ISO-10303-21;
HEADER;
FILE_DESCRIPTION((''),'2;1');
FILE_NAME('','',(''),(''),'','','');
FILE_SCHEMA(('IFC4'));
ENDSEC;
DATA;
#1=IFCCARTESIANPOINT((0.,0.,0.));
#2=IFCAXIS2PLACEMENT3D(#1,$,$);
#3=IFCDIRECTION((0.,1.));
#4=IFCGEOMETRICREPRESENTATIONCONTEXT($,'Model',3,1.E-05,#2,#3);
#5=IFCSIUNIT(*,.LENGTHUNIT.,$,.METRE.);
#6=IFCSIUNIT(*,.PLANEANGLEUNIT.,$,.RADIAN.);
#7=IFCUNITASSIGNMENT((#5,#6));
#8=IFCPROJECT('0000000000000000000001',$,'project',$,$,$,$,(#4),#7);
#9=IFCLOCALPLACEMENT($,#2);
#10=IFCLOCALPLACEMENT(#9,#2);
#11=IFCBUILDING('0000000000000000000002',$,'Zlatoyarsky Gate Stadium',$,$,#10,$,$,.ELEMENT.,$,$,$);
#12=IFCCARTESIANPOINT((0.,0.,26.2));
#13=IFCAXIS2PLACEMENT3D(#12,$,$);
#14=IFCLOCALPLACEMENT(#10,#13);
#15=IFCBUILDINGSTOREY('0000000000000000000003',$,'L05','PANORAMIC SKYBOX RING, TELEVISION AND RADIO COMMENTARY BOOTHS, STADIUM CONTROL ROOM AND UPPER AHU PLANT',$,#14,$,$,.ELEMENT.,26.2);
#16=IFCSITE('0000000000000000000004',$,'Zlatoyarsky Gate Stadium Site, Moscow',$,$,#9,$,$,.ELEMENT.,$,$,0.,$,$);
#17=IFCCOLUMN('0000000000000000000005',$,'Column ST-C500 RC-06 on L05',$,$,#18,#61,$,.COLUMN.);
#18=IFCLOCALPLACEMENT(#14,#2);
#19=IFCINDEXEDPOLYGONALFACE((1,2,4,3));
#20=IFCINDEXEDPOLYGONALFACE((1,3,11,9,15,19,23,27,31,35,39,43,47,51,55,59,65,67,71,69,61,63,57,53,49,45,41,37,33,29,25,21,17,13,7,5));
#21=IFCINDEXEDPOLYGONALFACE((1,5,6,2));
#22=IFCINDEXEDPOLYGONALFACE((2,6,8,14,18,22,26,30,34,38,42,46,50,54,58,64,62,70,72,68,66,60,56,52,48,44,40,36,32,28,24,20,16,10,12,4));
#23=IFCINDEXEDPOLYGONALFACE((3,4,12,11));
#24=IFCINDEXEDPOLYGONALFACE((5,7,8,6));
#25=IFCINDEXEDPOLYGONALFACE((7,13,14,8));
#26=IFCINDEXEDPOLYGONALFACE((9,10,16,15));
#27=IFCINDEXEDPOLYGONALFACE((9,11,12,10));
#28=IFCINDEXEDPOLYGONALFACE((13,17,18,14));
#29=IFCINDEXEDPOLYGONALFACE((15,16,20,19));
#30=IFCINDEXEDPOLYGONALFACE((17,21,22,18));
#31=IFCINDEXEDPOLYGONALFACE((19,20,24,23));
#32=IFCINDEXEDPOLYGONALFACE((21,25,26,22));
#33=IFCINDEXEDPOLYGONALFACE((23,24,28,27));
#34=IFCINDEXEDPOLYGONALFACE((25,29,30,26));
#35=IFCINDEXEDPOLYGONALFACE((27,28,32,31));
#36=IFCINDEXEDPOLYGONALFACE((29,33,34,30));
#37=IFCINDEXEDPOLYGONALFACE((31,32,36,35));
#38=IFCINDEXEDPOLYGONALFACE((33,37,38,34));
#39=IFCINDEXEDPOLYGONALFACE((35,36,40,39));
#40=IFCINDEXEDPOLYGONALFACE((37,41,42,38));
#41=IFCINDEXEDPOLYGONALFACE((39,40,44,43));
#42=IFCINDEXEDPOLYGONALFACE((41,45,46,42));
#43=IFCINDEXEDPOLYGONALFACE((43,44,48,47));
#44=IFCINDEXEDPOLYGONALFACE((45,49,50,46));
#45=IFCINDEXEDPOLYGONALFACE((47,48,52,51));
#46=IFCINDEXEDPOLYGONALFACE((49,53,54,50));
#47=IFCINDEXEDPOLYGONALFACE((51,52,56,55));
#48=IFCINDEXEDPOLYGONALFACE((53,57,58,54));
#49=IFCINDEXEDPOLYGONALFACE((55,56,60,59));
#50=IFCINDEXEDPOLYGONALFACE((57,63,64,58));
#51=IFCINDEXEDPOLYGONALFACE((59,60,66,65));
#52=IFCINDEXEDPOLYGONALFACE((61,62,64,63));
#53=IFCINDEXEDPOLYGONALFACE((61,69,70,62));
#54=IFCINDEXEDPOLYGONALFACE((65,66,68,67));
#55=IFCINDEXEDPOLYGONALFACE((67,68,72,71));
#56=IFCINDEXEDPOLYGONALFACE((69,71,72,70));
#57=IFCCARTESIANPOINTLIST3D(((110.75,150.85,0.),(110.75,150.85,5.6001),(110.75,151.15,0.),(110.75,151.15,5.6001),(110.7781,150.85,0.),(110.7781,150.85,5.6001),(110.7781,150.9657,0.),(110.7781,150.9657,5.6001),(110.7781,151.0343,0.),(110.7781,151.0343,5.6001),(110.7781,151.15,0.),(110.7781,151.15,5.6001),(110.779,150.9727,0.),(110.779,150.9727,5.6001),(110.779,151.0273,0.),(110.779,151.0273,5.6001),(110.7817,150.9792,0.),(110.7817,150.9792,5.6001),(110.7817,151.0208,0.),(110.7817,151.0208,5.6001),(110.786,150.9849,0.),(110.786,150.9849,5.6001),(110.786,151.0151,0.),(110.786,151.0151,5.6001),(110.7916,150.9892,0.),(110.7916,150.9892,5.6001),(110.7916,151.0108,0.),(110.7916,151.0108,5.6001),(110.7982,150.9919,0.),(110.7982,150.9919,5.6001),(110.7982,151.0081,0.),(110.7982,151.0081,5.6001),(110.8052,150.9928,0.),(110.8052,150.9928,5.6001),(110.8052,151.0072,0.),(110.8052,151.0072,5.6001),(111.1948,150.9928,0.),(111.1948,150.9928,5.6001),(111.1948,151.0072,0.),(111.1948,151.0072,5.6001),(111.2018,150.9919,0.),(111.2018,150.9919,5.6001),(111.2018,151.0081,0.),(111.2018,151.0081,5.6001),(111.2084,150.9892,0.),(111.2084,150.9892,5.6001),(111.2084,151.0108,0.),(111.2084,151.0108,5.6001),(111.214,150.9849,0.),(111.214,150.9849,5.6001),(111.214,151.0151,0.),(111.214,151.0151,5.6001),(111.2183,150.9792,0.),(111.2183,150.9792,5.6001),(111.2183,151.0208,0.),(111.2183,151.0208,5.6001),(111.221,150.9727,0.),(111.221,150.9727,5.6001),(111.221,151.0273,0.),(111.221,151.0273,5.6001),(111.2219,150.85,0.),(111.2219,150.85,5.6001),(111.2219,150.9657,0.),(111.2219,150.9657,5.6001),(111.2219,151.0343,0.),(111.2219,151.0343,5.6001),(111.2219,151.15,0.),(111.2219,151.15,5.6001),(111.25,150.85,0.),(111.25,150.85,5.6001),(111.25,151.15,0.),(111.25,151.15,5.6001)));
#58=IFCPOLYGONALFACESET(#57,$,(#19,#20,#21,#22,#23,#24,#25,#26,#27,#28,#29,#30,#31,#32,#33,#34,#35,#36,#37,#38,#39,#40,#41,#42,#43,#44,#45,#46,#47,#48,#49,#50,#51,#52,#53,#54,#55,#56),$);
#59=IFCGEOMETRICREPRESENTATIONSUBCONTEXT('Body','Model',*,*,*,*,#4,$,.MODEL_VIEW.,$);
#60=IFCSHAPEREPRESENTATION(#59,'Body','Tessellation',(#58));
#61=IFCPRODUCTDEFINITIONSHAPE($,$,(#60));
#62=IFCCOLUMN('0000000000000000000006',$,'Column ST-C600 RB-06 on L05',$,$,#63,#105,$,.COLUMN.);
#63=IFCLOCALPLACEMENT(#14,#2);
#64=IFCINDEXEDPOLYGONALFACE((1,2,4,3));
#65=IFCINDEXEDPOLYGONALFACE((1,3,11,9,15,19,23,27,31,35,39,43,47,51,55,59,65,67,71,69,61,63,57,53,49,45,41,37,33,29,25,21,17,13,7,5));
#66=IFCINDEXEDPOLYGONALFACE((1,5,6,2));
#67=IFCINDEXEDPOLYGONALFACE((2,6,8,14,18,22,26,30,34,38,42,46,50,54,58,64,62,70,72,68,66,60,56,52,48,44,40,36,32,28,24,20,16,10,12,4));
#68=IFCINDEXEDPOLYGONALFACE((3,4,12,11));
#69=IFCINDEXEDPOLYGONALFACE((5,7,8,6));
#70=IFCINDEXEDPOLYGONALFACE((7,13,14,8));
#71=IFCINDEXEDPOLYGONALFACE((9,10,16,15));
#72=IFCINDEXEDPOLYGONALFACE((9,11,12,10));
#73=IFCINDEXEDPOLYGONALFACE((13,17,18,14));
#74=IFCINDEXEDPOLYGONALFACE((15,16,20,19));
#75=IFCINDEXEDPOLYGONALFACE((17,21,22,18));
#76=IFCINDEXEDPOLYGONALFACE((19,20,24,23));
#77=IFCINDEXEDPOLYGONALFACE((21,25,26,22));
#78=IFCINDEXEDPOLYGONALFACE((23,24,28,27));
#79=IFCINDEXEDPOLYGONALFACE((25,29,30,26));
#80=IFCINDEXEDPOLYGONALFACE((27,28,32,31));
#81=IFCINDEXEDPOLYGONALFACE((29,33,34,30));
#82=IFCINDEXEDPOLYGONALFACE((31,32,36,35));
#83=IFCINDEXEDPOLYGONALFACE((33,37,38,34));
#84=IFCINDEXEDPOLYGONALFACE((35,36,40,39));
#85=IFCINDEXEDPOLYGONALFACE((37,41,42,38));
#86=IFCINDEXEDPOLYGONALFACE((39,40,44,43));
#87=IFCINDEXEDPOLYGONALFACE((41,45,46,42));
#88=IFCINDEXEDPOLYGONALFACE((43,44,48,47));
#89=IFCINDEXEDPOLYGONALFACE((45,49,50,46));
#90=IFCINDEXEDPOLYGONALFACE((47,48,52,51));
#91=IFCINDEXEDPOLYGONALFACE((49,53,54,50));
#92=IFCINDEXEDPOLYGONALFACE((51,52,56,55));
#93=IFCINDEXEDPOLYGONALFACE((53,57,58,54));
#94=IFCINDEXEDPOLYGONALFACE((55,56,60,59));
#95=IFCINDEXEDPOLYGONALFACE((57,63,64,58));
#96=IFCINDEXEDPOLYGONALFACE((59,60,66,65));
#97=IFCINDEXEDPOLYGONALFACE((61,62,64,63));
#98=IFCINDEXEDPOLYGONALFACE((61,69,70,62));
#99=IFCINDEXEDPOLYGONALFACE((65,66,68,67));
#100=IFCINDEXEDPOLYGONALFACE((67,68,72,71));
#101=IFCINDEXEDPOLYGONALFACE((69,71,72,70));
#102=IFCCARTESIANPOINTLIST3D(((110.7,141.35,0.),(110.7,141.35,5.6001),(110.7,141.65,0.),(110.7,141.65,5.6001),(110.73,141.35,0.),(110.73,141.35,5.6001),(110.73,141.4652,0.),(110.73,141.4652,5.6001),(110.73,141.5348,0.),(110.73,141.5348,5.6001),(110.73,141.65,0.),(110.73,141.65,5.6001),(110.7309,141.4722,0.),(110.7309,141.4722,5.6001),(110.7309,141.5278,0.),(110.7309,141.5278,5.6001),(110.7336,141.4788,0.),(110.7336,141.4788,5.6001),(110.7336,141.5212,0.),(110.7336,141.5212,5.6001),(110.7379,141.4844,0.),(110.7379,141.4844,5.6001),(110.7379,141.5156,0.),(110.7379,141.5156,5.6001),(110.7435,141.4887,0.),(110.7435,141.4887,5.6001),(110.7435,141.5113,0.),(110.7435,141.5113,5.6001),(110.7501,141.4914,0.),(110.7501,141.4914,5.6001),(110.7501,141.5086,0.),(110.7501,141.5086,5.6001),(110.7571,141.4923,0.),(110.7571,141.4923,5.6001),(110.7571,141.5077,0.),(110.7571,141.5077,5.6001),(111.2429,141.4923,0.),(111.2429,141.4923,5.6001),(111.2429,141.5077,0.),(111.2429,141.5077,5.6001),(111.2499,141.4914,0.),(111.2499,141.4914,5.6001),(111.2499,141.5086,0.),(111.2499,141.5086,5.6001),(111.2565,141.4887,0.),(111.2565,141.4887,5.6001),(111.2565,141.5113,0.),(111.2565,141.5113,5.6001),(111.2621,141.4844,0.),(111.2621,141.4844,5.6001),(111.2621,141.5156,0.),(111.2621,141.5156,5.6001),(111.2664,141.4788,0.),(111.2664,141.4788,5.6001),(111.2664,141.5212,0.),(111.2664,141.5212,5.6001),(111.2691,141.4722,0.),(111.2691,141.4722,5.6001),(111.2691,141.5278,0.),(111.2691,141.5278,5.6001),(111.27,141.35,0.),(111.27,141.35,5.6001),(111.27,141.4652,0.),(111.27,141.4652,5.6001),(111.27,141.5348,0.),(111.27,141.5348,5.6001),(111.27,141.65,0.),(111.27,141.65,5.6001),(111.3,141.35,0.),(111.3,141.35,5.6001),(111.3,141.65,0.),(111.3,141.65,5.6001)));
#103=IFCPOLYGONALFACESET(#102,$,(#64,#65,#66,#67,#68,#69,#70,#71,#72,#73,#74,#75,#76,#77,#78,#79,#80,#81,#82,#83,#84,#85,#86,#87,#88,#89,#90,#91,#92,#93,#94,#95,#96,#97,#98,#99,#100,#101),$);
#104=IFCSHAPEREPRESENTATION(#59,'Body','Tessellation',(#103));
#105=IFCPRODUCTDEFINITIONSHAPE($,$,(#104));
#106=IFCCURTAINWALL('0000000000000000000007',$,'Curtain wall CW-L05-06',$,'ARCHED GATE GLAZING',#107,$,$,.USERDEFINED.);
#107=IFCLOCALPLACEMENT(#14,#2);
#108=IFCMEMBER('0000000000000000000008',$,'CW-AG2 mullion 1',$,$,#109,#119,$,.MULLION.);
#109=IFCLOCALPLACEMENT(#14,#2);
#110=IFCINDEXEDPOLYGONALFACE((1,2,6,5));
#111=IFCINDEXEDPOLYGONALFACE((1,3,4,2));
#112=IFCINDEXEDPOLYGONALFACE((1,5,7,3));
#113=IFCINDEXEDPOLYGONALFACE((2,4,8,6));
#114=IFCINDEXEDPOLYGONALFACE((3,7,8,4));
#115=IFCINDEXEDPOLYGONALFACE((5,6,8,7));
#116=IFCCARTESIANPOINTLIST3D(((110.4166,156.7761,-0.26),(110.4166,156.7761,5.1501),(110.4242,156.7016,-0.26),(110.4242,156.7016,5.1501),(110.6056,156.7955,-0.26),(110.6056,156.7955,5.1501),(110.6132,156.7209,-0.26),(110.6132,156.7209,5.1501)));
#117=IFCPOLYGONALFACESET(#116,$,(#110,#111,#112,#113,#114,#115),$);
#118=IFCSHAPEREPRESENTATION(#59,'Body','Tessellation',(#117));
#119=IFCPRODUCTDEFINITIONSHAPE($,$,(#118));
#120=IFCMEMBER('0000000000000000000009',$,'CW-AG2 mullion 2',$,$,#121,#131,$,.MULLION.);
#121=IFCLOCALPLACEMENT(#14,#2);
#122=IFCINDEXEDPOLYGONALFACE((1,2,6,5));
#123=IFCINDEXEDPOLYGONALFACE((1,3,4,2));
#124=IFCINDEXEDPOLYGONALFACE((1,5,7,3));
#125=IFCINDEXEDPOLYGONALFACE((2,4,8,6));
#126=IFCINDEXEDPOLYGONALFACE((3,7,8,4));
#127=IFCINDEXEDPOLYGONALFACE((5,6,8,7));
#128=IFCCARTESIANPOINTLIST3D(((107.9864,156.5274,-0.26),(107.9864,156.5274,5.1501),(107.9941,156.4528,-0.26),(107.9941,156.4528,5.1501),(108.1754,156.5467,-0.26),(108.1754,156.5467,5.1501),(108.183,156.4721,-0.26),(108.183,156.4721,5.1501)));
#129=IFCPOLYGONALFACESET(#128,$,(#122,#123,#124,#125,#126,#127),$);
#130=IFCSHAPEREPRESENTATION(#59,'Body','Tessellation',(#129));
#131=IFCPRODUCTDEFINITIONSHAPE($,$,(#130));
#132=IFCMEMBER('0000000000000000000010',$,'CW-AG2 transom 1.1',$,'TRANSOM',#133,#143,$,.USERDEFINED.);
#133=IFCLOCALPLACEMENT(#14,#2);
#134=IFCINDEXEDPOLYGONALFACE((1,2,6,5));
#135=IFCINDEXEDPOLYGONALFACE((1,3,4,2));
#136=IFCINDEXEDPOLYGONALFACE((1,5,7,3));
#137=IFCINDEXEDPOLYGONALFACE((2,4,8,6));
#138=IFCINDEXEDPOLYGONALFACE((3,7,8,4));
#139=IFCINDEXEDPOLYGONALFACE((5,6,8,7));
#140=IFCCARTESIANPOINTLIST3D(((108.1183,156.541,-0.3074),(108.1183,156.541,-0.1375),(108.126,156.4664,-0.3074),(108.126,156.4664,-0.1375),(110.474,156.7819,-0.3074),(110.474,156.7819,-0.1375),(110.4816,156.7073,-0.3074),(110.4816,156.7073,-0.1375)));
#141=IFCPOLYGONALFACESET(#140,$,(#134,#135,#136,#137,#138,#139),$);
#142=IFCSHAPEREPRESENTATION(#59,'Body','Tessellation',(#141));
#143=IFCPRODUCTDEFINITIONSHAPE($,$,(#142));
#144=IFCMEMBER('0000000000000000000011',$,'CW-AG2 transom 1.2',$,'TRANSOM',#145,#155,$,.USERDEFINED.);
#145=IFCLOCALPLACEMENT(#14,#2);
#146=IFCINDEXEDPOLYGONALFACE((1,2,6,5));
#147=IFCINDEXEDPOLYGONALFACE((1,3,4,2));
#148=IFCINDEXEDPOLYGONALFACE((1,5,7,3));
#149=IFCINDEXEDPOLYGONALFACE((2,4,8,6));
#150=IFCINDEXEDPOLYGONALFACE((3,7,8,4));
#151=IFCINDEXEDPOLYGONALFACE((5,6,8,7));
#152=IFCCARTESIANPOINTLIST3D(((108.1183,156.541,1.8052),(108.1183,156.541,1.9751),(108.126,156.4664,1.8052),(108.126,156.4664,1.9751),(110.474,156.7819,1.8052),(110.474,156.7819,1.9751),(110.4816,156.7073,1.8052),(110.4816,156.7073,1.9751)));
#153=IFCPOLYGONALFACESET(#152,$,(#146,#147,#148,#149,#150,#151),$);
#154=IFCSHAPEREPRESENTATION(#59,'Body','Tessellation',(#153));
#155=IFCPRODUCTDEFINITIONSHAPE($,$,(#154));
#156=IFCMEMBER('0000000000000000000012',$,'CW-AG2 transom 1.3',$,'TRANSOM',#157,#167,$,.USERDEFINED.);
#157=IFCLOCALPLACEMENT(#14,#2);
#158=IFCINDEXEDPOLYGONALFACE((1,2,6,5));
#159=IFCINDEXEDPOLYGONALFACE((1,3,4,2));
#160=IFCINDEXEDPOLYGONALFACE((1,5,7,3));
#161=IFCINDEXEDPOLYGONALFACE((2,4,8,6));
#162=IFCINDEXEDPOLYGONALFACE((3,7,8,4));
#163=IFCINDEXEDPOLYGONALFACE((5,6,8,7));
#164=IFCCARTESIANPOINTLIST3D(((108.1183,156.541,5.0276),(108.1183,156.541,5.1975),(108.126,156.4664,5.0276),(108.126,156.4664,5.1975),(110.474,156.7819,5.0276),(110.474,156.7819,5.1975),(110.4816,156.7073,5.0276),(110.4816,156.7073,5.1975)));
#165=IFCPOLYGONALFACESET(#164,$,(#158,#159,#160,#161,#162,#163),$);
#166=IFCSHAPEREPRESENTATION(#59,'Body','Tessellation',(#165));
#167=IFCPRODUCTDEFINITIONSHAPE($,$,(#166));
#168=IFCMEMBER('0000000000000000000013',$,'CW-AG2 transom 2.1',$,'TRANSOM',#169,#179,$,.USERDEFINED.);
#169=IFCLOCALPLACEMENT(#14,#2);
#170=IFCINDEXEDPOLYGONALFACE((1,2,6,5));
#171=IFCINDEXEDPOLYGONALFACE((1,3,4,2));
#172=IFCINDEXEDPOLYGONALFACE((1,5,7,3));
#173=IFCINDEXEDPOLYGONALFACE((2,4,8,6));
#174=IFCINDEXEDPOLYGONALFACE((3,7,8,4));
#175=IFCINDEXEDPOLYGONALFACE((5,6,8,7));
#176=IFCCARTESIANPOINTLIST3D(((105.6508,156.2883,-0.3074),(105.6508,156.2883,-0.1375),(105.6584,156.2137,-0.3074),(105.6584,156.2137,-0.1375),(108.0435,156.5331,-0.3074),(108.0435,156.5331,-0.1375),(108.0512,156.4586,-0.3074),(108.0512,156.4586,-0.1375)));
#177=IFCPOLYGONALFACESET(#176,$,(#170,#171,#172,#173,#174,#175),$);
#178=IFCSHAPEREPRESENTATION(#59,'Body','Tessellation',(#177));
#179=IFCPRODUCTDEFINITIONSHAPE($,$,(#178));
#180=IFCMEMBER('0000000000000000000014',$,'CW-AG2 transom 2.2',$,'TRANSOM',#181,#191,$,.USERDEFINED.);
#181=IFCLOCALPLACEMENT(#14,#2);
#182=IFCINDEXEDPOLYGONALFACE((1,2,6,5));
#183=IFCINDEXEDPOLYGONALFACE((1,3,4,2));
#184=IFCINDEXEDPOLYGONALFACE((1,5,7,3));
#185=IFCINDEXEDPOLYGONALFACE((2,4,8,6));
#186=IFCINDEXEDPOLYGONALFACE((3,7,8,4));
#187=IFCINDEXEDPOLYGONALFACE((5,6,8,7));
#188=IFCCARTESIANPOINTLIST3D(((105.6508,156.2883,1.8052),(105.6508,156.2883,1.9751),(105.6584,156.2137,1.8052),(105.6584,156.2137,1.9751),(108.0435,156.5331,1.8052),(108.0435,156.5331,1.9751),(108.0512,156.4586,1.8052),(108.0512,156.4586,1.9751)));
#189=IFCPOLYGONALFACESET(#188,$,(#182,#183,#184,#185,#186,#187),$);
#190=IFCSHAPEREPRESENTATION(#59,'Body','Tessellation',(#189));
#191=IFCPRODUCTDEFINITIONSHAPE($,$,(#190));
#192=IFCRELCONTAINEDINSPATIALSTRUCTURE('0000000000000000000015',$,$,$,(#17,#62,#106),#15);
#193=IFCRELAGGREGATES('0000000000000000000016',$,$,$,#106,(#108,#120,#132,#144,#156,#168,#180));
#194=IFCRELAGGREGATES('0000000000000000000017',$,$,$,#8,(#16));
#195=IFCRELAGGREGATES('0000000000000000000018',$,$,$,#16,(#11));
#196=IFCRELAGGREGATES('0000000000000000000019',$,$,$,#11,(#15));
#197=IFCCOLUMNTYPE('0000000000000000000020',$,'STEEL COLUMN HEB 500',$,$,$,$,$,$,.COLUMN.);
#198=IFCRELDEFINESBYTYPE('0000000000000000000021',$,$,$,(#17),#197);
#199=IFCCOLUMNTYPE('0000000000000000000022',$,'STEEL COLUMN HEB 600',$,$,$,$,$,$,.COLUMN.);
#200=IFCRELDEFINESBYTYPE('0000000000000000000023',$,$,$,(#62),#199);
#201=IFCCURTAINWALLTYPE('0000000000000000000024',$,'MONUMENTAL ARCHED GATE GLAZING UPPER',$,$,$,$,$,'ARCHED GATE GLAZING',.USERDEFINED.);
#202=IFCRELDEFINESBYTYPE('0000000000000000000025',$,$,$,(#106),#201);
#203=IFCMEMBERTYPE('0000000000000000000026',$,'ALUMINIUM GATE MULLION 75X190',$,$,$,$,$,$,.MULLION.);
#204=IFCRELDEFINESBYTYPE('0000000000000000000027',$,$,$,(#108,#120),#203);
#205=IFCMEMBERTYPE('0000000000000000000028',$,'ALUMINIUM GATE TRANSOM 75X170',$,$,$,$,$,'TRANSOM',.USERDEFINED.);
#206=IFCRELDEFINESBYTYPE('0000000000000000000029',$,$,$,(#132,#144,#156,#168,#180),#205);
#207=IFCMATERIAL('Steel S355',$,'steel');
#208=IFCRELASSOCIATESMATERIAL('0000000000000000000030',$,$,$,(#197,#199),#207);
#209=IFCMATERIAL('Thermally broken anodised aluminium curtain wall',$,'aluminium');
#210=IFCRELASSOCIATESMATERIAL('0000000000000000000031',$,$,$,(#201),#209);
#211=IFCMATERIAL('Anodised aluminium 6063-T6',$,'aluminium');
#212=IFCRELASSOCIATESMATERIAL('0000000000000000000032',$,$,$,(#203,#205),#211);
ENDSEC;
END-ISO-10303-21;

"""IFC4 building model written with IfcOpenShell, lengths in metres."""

from ifc_helpers import new_model, si_unit, direction, frame, origin, origin_2d, place, context, subcontext, project, spatial, rectangle, i_section, extrude, material, material_profile, profile_set, type_object, element, aggregate, save


model = new_model("IFC4")

# Units and contexts
model_context = context("Model", 3, precision=1e-05, world=origin(), true_north=direction((0.0, 1.0)))
body_context = subcontext(model_context, "Body", "Model", "MODEL_VIEW")
ifc_project = project(units=[si_unit("LENGTHUNIT", "METRE"), si_unit("PLANEANGLEUNIT", "RADIAN")], contexts=[model_context])

# Site, building, storey
site_placement = place(None, origin())
site = spatial("IfcSite", under=ifc_project, at=site_placement, Name="Zlatoyarsky Gate Stadium Site, Moscow", CompositionType="ELEMENT", RefElevation=0.0)
building_placement = place(site_placement, origin())
building = spatial("IfcBuilding", under=site, at=building_placement, Name="Zlatoyarsky Gate Stadium", CompositionType="ELEMENT")
storey_placement = place(building_placement, frame((0.0, 0.0, 26.2)))
storey = spatial("IfcBuildingStorey", under=building, at=storey_placement, Name="L05", Description="PANORAMIC SKYBOX RING, TELEVISION AND RADIO COMMENTARY BOOTHS, STADIUM CONTROL ROOM AND UPPER AHU PLANT", CompositionType="ELEMENT", Elevation=26.2)

# Columns
ifc_material_1 = material(Name="Steel S355", Category="steel")
ifc_material_profile_1 = material_profile(ifc_material_1, i_section(OverallWidth=0.3, OverallDepth=0.5, WebThickness=0.0144, FlangeThickness=0.0281, FilletRadius=0.0271, at=origin_2d()), Name="HEB 500")
ifc_profile_set_1 = profile_set([ifc_material_profile_1], Name="Steel S355")
column_type_1 = type_object("IfcColumnType", Name="STEEL COLUMN HEB 500", PredefinedType="COLUMN", material=ifc_profile_set_1)
column_1_placement = place(storey_placement, frame((111.0, 151.0, 0.0), z_axis=(0.0, 0.0, 1.0), x_axis=(0.0, 1.0, 0.0)))
element("IfcColumn", 1, at=column_1_placement, inside=storey, type_object=column_type_1, Name="Column ST-C500 RC-06 on L05", PredefinedType="COLUMN", context=body_context, shape_type="SweptSolid", body=[
    extrude(i_section(OverallWidth=0.3, OverallDepth=0.5, WebThickness=0.0144, FlangeThickness=0.0281, FilletRadius=0.0271, at=origin_2d()), origin(), (0.0, 0.0, 1.0), 5.6001),
])
ifc_material_profile_2 = material_profile(ifc_material_1, i_section(OverallWidth=0.3, OverallDepth=0.6001, WebThickness=0.0154, FlangeThickness=0.03, FilletRadius=0.0271, at=origin_2d()), Name="HEB 600")
ifc_profile_set_2 = profile_set([ifc_material_profile_2], Name="Steel S355")
column_type_2 = type_object("IfcColumnType", Name="STEEL COLUMN HEB 600", PredefinedType="COLUMN", material=ifc_profile_set_2)
column_2_placement = place(storey_placement, frame((111.0, 141.5, 0.0), z_axis=(0.0, 0.0, 1.0), x_axis=(0.0, 1.0, 0.0)))
element("IfcColumn", 2, at=column_2_placement, inside=storey, type_object=column_type_2, Name="Column ST-C600 RB-06 on L05", PredefinedType="COLUMN", context=body_context, shape_type="SweptSolid", body=[
    extrude(i_section(OverallWidth=0.3, OverallDepth=0.6001, WebThickness=0.0154, FlangeThickness=0.03, FilletRadius=0.0271, at=origin_2d()), origin(), (0.0, 0.0, 1.0), 5.6001),
])

# Curtain wall, members
ifc_material_2 = material(Name="Thermally broken anodised aluminium curtain wall", Category="aluminium")
curtain_wall_type_1 = type_object("IfcCurtainWallType", Name="MONUMENTAL ARCHED GATE GLAZING UPPER", ElementType="ARCHED GATE GLAZING", PredefinedType="USERDEFINED", material=ifc_material_2)
curtain_wall_1_placement = place(storey_placement, origin())
curtain_wall_1 = element("IfcCurtainWall", 3, at=curtain_wall_1_placement, inside=storey, type_object=curtain_wall_type_1, Name="Curtain wall CW-L05-06", ObjectType="ARCHED GATE GLAZING", PredefinedType="USERDEFINED")
ifc_material_3 = material(Name="Anodised aluminium 6063-T6", Category="aluminium")
ifc_material_profile_3 = material_profile(ifc_material_3, rectangle(XDim=0.075, YDim=0.1899, at=origin_2d()), Name="ALU 75X190")
ifc_profile_set_3 = profile_set([ifc_material_profile_3], Name="Anodised aluminium 6063-T6")
member_type_1 = type_object("IfcMemberType", Name="ALUMINIUM GATE MULLION 75X190", PredefinedType="MULLION", material=ifc_profile_set_3)
member_1_placement = place(storey_placement, frame((110.5149, 156.7485, -0.26), z_axis=(0.0, 0.0, 1.0), x_axis=(0.101805, -0.994804, 0.0)))
member_1 = element("IfcMember", 4, at=member_1_placement, type_object=member_type_1, Name="CW-AG2 mullion 1", PredefinedType="MULLION", context=body_context, shape_type="SweptSolid", body=[
    extrude(rectangle(XDim=0.075, YDim=0.1899, at=origin_2d()), origin(), (0.0, 0.0, 1.0), 5.4102),
])
member_2_placement = place(storey_placement, frame((108.0847, 156.4998, -0.26), z_axis=(0.0, 0.0, 1.0), x_axis=(0.101805, -0.994804, 0.0)))
member_2 = element("IfcMember", 5, at=member_2_placement, type_object=member_type_1, Name="CW-AG2 mullion 2", PredefinedType="MULLION", context=body_context, shape_type="SweptSolid", body=[
    extrude(rectangle(XDim=0.075, YDim=0.1899, at=origin_2d()), origin(), (0.0, 0.0, 1.0), 5.4102),
])
ifc_material_profile_4 = material_profile(ifc_material_3, rectangle(XDim=0.075, YDim=0.1699, at=origin_2d()), Name="ALU 75X170")
ifc_profile_set_4 = profile_set([ifc_material_profile_4], Name="Anodised aluminium 6063-T6")
member_type_2 = type_object("IfcMemberType", Name="ALUMINIUM GATE TRANSOM 75X170", ElementType="TRANSOM", PredefinedType="USERDEFINED", material=ifc_profile_set_4)
member_3_placement = place(storey_placement, frame((110.4778, 156.7446, -0.2224), z_axis=(-0.994809, -0.101759, 0.0), x_axis=(0.101759, -0.994809, 0.0)))
member_3 = element("IfcMember", 6, at=member_3_placement, type_object=member_type_2, Name="CW-AG2 transom 1.1", ObjectType="TRANSOM", PredefinedType="USERDEFINED", context=body_context, shape_type="SweptSolid", body=[
    extrude(rectangle(XDim=0.075, YDim=0.1699, at=origin_2d()), origin(), (0.0, 0.0, 1.0), 2.3679),
])
member_4_placement = place(storey_placement, frame((110.4778, 156.7446, 1.8901), z_axis=(-0.994809, -0.101759, 0.0), x_axis=(0.101759, -0.994809, 0.0)))
member_4 = element("IfcMember", 7, at=member_4_placement, type_object=member_type_2, Name="CW-AG2 transom 1.2", ObjectType="TRANSOM", PredefinedType="USERDEFINED", context=body_context, shape_type="SweptSolid", body=[
    extrude(rectangle(XDim=0.075, YDim=0.1699, at=origin_2d()), origin(), (0.0, 0.0, 1.0), 2.3679),
])
member_5_placement = place(storey_placement, frame((110.4778, 156.7446, 5.1125), z_axis=(-0.994809, -0.101759, 0.0), x_axis=(0.101759, -0.994809, 0.0)))
member_5 = element("IfcMember", 8, at=member_5_placement, type_object=member_type_2, Name="CW-AG2 transom 1.3", ObjectType="TRANSOM", PredefinedType="USERDEFINED", context=body_context, shape_type="SweptSolid", body=[
    extrude(rectangle(XDim=0.075, YDim=0.1699, at=origin_2d()), origin(), (0.0, 0.0, 1.0), 2.3679),
])
member_6_placement = place(storey_placement, frame((108.0474, 156.4958, -0.2224), z_axis=(-0.994804, -0.101805, 0.0), x_axis=(0.101805, -0.994804, 0.0)))
member_6 = element("IfcMember", 9, at=member_6_placement, type_object=member_type_2, Name="CW-AG2 transom 2.1", ObjectType="TRANSOM", PredefinedType="USERDEFINED", context=body_context, shape_type="SweptSolid", body=[
    extrude(rectangle(XDim=0.075, YDim=0.1699, at=origin_2d()), origin(), (0.0, 0.0, 1.0), 2.4053),
])
member_7_placement = place(storey_placement, frame((108.0474, 156.4958, 1.8901), z_axis=(-0.994804, -0.101805, 0.0), x_axis=(0.101805, -0.994804, 0.0)))
member_7 = element("IfcMember", 10, at=member_7_placement, type_object=member_type_2, Name="CW-AG2 transom 2.2", ObjectType="TRANSOM", PredefinedType="USERDEFINED", context=body_context, shape_type="SweptSolid", body=[
    extrude(rectangle(XDim=0.075, YDim=0.1699, at=origin_2d()), origin(), (0.0, 0.0, 1.0), 2.4053),
])

aggregate(curtain_wall_1, [member_1, member_2, member_3, member_4, member_5, member_6, member_7])

save(model, "model.ifc")
